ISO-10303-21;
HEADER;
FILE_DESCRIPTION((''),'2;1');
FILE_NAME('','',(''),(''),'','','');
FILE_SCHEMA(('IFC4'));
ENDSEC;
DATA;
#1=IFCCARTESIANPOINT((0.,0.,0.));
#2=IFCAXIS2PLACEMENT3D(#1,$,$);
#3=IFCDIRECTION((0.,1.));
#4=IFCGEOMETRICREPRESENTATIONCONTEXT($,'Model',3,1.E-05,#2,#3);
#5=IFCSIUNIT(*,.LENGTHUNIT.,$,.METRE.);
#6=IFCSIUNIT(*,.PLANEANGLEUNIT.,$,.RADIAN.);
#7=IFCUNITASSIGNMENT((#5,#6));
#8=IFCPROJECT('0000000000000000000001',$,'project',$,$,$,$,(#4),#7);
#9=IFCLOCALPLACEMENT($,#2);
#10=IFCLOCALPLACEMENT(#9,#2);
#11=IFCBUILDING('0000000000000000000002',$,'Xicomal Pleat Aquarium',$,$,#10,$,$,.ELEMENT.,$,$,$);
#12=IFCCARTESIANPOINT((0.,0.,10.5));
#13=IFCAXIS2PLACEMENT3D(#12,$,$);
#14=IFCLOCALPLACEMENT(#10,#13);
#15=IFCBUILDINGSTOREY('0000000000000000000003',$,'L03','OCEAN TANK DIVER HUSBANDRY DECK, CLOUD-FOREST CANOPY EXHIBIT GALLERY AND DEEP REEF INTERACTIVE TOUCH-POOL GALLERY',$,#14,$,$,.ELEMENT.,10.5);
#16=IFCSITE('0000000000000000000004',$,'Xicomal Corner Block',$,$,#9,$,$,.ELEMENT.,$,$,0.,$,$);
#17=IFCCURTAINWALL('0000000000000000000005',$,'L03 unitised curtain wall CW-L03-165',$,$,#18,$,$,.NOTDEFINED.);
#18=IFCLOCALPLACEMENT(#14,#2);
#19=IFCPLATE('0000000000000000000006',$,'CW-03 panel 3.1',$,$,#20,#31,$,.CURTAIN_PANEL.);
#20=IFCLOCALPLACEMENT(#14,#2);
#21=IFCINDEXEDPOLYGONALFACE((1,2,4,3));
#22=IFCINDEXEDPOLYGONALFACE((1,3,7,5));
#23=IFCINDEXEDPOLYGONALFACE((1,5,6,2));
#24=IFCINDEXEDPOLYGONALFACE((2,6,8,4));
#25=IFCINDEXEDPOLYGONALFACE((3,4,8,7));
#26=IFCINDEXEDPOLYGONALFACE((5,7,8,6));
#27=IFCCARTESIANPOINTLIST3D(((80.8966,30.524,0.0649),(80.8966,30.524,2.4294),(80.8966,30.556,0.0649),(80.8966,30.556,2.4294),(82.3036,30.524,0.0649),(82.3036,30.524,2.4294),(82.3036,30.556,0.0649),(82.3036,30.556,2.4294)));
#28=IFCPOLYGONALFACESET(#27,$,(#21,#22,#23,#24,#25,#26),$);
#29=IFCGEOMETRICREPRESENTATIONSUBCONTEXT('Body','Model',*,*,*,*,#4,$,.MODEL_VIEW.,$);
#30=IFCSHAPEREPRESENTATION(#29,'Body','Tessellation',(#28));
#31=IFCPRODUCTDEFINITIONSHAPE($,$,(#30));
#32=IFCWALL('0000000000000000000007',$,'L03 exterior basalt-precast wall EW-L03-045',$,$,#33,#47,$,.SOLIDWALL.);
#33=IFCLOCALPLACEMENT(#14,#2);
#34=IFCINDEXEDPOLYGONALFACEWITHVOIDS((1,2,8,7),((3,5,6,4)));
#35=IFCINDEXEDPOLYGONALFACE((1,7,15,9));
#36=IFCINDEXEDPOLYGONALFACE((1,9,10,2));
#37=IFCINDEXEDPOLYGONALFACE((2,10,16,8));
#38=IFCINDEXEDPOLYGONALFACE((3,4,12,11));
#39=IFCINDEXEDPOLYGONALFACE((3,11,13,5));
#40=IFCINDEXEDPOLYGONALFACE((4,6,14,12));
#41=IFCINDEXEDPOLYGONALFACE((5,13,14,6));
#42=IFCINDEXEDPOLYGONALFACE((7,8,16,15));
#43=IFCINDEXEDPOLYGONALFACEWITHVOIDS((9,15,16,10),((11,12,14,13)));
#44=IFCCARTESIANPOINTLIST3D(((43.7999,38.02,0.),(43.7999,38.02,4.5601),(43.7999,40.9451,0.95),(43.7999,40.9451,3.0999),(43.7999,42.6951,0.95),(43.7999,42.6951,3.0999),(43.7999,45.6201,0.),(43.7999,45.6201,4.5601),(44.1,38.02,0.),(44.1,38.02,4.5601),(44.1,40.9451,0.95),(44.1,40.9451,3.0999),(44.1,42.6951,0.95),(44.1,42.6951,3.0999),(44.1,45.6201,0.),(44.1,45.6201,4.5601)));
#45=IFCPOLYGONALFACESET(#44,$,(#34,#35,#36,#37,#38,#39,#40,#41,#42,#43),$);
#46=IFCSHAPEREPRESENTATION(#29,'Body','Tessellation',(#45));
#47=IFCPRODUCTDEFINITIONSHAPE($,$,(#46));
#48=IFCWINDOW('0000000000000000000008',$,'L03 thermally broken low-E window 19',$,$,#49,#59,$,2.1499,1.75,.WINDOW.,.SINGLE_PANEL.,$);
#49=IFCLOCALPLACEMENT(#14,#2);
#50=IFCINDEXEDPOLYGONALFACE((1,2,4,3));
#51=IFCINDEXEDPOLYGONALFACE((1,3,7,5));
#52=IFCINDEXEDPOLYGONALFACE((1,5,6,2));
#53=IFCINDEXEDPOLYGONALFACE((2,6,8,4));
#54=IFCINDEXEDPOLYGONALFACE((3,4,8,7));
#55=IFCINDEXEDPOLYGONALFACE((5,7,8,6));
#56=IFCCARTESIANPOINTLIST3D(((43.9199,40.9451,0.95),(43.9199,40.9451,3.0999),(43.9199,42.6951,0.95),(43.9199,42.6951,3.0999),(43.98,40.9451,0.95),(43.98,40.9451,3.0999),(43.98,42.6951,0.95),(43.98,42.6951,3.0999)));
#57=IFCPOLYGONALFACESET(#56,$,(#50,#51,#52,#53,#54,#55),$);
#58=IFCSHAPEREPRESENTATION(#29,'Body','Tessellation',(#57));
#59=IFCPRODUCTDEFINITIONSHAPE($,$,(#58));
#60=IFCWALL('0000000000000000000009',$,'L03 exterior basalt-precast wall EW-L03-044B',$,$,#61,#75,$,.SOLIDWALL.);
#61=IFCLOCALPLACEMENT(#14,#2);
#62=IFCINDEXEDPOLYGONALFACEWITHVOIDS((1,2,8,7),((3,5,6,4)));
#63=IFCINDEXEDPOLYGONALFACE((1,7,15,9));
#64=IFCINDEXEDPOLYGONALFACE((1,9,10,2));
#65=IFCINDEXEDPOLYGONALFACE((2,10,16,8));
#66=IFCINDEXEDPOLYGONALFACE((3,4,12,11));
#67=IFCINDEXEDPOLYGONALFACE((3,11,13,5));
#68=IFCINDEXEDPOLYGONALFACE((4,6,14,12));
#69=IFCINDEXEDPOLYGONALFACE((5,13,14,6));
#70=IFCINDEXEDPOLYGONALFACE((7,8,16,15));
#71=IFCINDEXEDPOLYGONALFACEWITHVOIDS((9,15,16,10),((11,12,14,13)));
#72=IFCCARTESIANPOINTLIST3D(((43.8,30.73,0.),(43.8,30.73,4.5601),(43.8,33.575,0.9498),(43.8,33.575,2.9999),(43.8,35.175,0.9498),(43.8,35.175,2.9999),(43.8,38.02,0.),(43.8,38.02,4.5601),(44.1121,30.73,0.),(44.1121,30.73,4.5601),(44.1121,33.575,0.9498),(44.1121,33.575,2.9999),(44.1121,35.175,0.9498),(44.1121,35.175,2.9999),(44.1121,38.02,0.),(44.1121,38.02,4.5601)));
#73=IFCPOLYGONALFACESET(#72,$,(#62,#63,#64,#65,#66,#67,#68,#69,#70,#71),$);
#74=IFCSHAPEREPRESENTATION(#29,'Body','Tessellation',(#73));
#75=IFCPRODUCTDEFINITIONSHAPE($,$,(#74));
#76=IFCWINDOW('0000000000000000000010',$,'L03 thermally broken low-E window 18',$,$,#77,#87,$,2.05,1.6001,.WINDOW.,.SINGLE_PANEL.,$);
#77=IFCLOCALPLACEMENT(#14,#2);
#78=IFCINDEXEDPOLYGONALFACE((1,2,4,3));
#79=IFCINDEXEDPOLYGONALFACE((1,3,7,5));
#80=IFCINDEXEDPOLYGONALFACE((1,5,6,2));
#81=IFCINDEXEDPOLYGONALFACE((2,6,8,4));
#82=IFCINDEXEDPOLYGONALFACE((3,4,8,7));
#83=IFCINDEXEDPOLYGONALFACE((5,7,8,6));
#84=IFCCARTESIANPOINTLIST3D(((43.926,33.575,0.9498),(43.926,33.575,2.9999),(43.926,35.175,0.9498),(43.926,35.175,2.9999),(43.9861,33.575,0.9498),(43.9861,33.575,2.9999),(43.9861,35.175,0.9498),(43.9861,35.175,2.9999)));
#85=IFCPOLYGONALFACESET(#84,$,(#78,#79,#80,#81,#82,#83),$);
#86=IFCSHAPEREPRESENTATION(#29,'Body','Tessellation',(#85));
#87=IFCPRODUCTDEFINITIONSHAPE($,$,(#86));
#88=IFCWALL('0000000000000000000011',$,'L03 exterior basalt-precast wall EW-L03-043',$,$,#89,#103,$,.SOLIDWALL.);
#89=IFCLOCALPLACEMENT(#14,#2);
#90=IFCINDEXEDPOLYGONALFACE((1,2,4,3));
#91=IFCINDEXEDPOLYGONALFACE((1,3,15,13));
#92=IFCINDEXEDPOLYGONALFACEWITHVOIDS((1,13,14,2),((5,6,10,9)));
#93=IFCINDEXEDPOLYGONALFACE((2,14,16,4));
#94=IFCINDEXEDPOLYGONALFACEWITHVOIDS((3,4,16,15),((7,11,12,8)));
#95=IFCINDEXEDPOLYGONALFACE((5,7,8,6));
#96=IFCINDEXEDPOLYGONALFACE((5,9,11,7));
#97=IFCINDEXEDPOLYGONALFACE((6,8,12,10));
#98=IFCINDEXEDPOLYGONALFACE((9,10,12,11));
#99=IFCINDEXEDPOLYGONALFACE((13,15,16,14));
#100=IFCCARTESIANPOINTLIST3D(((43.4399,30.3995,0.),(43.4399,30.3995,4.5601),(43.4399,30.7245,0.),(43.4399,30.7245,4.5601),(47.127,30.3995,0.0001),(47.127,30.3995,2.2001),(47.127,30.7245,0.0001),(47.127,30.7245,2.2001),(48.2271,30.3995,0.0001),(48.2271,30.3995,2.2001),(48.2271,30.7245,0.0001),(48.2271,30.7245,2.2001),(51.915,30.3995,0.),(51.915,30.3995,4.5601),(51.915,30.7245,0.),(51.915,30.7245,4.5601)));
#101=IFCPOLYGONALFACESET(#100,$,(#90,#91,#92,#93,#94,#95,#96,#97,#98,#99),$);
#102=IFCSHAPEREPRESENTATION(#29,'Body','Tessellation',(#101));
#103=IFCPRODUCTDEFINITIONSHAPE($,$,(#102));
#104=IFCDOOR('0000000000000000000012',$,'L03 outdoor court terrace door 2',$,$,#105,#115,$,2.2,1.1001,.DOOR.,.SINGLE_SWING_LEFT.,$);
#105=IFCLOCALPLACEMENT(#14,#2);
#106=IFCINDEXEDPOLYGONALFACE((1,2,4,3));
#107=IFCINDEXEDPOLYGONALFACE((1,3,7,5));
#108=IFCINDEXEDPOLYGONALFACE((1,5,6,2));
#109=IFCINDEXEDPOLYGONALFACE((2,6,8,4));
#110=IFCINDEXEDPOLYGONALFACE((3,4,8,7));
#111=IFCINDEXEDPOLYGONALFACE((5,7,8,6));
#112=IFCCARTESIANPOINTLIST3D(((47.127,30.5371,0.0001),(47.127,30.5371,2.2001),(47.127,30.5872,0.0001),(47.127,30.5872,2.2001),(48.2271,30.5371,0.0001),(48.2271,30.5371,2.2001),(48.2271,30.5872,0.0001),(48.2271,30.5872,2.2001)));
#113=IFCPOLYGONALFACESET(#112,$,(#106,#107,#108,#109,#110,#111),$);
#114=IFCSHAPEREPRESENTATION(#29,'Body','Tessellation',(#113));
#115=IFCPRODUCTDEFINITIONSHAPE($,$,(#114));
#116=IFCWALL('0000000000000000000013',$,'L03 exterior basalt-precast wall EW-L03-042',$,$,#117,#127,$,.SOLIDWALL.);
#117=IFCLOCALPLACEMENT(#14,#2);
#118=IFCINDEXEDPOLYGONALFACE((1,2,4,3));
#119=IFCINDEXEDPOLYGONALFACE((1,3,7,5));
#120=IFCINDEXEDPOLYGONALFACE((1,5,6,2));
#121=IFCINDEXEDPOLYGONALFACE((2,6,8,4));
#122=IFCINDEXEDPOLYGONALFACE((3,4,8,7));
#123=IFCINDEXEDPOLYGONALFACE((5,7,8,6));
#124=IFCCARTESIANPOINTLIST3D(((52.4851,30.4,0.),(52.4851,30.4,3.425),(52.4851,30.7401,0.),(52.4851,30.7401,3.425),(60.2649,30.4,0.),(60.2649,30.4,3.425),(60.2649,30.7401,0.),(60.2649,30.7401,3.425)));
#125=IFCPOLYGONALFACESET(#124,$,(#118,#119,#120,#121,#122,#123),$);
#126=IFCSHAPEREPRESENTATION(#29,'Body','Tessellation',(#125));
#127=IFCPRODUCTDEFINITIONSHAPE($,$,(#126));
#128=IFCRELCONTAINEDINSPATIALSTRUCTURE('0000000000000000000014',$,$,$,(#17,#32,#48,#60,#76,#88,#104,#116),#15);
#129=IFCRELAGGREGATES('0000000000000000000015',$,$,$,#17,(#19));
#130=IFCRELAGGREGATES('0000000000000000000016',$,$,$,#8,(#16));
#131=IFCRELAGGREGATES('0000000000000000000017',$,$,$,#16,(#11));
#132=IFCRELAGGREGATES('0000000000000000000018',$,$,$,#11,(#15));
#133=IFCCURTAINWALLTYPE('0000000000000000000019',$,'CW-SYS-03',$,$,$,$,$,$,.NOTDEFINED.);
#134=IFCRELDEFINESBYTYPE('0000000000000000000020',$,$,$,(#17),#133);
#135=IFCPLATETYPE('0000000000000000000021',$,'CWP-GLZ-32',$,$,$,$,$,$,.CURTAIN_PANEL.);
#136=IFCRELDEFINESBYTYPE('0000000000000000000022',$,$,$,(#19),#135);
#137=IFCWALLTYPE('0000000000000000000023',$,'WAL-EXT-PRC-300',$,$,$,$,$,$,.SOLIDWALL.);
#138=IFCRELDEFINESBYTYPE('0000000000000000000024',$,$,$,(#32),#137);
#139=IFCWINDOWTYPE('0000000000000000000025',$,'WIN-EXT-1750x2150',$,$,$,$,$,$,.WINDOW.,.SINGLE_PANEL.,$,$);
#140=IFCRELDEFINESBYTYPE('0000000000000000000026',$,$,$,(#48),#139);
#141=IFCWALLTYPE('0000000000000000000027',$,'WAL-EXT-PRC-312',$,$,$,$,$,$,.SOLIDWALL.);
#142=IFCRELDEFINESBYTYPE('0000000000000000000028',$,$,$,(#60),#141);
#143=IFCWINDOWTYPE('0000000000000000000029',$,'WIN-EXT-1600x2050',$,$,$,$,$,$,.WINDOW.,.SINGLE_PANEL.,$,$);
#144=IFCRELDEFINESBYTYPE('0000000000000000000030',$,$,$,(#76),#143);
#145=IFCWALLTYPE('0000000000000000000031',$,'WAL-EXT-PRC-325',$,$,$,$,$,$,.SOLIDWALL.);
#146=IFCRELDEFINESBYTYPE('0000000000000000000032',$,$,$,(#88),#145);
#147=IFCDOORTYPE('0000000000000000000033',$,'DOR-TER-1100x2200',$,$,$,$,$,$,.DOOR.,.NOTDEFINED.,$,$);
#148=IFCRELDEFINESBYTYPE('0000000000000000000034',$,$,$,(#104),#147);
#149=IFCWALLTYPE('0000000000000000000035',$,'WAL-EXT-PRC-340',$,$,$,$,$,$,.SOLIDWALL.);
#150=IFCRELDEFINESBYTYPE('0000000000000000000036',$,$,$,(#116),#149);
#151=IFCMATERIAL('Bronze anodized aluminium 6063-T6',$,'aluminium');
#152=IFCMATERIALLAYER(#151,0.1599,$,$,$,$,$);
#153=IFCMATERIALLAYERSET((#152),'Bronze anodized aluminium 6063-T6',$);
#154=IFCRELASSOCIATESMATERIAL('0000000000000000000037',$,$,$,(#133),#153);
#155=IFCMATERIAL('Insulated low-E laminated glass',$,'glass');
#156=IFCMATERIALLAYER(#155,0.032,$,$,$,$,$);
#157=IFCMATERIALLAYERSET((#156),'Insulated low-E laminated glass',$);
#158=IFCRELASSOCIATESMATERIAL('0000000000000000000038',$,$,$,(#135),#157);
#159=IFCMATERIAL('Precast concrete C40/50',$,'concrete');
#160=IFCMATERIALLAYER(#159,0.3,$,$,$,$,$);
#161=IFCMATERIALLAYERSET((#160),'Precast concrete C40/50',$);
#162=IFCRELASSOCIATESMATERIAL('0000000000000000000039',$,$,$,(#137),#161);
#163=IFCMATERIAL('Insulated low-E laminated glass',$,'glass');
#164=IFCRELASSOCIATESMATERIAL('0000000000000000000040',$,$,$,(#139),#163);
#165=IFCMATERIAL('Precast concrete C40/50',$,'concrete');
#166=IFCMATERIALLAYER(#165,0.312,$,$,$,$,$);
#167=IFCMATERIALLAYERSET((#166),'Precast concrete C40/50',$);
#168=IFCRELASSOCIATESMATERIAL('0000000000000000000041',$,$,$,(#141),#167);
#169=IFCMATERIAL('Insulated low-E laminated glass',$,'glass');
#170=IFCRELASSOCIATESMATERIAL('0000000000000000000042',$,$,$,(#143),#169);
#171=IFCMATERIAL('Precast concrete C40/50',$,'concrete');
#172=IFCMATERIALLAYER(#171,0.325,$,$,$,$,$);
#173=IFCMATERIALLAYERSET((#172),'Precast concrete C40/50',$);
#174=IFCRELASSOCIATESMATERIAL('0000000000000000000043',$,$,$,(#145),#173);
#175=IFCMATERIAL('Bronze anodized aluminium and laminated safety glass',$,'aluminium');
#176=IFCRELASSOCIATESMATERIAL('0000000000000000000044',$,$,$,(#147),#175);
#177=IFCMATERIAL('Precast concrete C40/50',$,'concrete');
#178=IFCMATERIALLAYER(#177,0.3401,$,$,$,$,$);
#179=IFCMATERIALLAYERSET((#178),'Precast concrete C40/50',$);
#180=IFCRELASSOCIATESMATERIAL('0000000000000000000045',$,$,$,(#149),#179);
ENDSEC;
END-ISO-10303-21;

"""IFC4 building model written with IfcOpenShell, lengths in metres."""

from ifc_helpers import new_model, si_unit, direction, frame, frame_2d, origin, origin_2d, place, context, subcontext, project, spatial, rectangle, extrude, material, layer, layer_set, type_object, element, fill, aggregate, save


model = new_model("IFC4")

# Units and contexts
model_context = context("Model", 3, precision=1e-05, world=origin(), true_north=direction((0.0, 1.0)))
body_context = subcontext(model_context, "Body", "Model", "MODEL_VIEW")
ifc_project = project(units=[si_unit("LENGTHUNIT", "METRE"), si_unit("PLANEANGLEUNIT", "RADIAN")], contexts=[model_context])

# Site, building, storey
site_placement = place(None, origin())
site = spatial("IfcSite", under=ifc_project, at=site_placement, Name="Xicomal Corner Block", CompositionType="ELEMENT", RefElevation=0.0)
building_placement = place(site_placement, origin())
building = spatial("IfcBuilding", under=site, at=building_placement, Name="Xicomal Pleat Aquarium", CompositionType="ELEMENT")
storey_placement = place(building_placement, frame((0.0, 0.0, 10.5)))
storey = spatial("IfcBuildingStorey", under=building, at=storey_placement, Name="L03", Description="OCEAN TANK DIVER HUSBANDRY DECK, CLOUD-FOREST CANOPY EXHIBIT GALLERY AND DEEP REEF INTERACTIVE TOUCH-POOL GALLERY", CompositionType="ELEMENT", Elevation=10.5)

# Curtain wall, plate
ifc_material_1 = material(Name="Bronze anodized aluminium 6063-T6", Category="aluminium")
ifc_layer_1 = layer(ifc_material_1, 0.1599)
ifc_layer_set_1 = layer_set([ifc_layer_1], Name="Bronze anodized aluminium 6063-T6")
curtain_wall_type = type_object("IfcCurtainWallType", Name="CW-SYS-03", PredefinedType="NOTDEFINED", material=ifc_layer_set_1)
curtain_wall_placement = place(storey_placement, origin())
curtain_wall = element("IfcCurtainWall", 1, at=curtain_wall_placement, inside=storey, type_object=curtain_wall_type, Name="L03 unitised curtain wall CW-L03-165", PredefinedType="NOTDEFINED")
ifc_material_2 = material(Name="Insulated low-E laminated glass", Category="glass")
ifc_layer_2 = layer(ifc_material_2, 0.032)
ifc_layer_set_2 = layer_set([ifc_layer_2], Name="Insulated low-E laminated glass")
plate_type = type_object("IfcPlateType", Name="CWP-GLZ-32", PredefinedType="CURTAIN_PANEL", material=ifc_layer_set_2)
plate_placement = place(storey_placement, frame((81.6001, 30.54, 0.0649), z_axis=(0.0, 0.0, 1.0), x_axis=(-1.0, 0.0, 0.0)))
plate = element("IfcPlate", 2, at=plate_placement, type_object=plate_type, Name="CW-03 panel 3.1", PredefinedType="CURTAIN_PANEL", context=body_context, shape_type="SweptSolid", body=[
    extrude(rectangle(XDim=1.407, YDim=0.032, at=origin_2d()), origin(), (0.0, 0.0, 1.0), 2.3645),
])
aggregate(curtain_wall, [plate])

# Walls, openings, windows
ifc_material_3 = material(Name="Precast concrete C40/50", Category="concrete")
ifc_layer_3 = layer(ifc_material_3, 0.3)
ifc_layer_set_3 = layer_set([ifc_layer_3], Name="Precast concrete C40/50")
wall_type_1 = type_object("IfcWallType", Name="WAL-EXT-PRC-300", PredefinedType="SOLIDWALL", material=ifc_layer_set_3)
wall_1_placement = place(storey_placement, frame((43.95, 38.02, 0.0), z_axis=(0.0, 0.0, 1.0), x_axis=(0.0, 1.0, 0.0)))
wall_1 = element("IfcWall", 3, at=wall_1_placement, inside=storey, type_object=wall_type_1, Name="L03 exterior basalt-precast wall EW-L03-045", PredefinedType="SOLIDWALL", context=body_context, shape_type="SweptSolid", body=[
    extrude(rectangle(XDim=7.6001, YDim=0.3, at=frame_2d((3.8, 0.0))), origin(), (0.0, 0.0, 1.0), 4.5601),
])
opening_1_placement = place(wall_1_placement, frame((2.925, 0.0, 0.95)))
opening_1 = element("IfcOpeningElement", 4, at=opening_1_placement, cuts=wall_1, PredefinedType="OPENING", context=body_context, shape_type="SweptSolid", body=[
    extrude(rectangle(XDim=1.75, YDim=2.1499, at=frame_2d((0.875, 1.075))), frame((0.0, 0.1599, 0.0), z_axis=(0.0, -1.0, 0.0), x_axis=(1.0, 0.0, 0.0)), (0.0, 0.0, 1.0), 0.3201),
])
ifc_material_4 = material(Name="Insulated low-E laminated glass", Category="glass")
window_type_1 = type_object("IfcWindowType", Name="WIN-EXT-1750x2150", PartitioningType="SINGLE_PANEL", PredefinedType="WINDOW", material=ifc_material_4)
window_1_placement = place(opening_1_placement, origin())
window_1 = element("IfcWindow", 5, at=window_1_placement, inside=storey, type_object=window_type_1, Name="L03 thermally broken low-E window 19", OverallHeight=2.1499, OverallWidth=1.75, PartitioningType="SINGLE_PANEL", PredefinedType="WINDOW", context=body_context, shape_type="SweptSolid", body=[
    extrude(rectangle(XDim=1.75, YDim=2.1499, at=frame_2d((0.875, 1.075))), frame((0.0, 0.03, 0.0), z_axis=(0.0, -1.0, 0.0), x_axis=(1.0, 0.0, 0.0)), (0.0, 0.0, 1.0), 0.0601),
])
fill(opening_1, window_1)
ifc_material_5 = material(Name="Precast concrete C40/50", Category="concrete")
ifc_layer_4 = layer(ifc_material_5, 0.312)
ifc_layer_set_4 = layer_set([ifc_layer_4], Name="Precast concrete C40/50")
wall_type_2 = type_object("IfcWallType", Name="WAL-EXT-PRC-312", PredefinedType="SOLIDWALL", material=ifc_layer_set_4)
wall_2_placement = place(storey_placement, frame((43.9561, 30.73, 0.0), z_axis=(0.0, 0.0, 1.0), x_axis=(0.0, 1.0, 0.0)))
wall_2 = element("IfcWall", 6, at=wall_2_placement, inside=storey, type_object=wall_type_2, Name="L03 exterior basalt-precast wall EW-L03-044B", PredefinedType="SOLIDWALL", context=body_context, shape_type="SweptSolid", body=[
    extrude(rectangle(XDim=7.29, YDim=0.312, at=frame_2d((3.645, 0.0))), origin(), (0.0, 0.0, 1.0), 4.5601),
])
opening_2_placement = place(wall_2_placement, frame((2.845, 0.0, 0.95)))
opening_2 = element("IfcOpeningElement", 7, at=opening_2_placement, cuts=wall_2, PredefinedType="OPENING", context=body_context, shape_type="SweptSolid", body=[
    extrude(rectangle(XDim=1.6001, YDim=2.05, at=frame_2d((0.8, 1.0249))), frame((0.0, 0.166, 0.0), z_axis=(0.0, -1.0, 0.0), x_axis=(1.0, 0.0, 0.0)), (0.0, 0.0, 1.0), 0.332),
])
ifc_material_6 = material(Name="Insulated low-E laminated glass", Category="glass")
window_type_2 = type_object("IfcWindowType", Name="WIN-EXT-1600x2050", PartitioningType="SINGLE_PANEL", PredefinedType="WINDOW", material=ifc_material_6)
window_2_placement = place(opening_2_placement, origin())
window_2 = element("IfcWindow", 8, at=window_2_placement, inside=storey, type_object=window_type_2, Name="L03 thermally broken low-E window 18", OverallHeight=2.05, OverallWidth=1.6001, PartitioningType="SINGLE_PANEL", PredefinedType="WINDOW", context=body_context, shape_type="SweptSolid", body=[
    extrude(rectangle(XDim=1.6001, YDim=2.05, at=frame_2d((0.8, 1.0249))), frame((0.0, 0.03, 0.0), z_axis=(0.0, -1.0, 0.0), x_axis=(1.0, 0.0, 0.0)), (0.0, 0.0, 1.0), 0.0601),
])
fill(opening_2, window_2)

# Wall, opening, door
ifc_material_7 = material(Name="Precast concrete C40/50", Category="concrete")
ifc_layer_5 = layer(ifc_material_7, 0.325)
ifc_layer_set_5 = layer_set([ifc_layer_5], Name="Precast concrete C40/50")
wall_type_3 = type_object("IfcWallType", Name="WAL-EXT-PRC-325", PredefinedType="SOLIDWALL", material=ifc_layer_set_5)
wall_3_placement = place(storey_placement, frame((51.915, 30.562, 0.0), z_axis=(0.0, 0.0, 1.0), x_axis=(-1.0, 0.0, 0.0)))
wall_3 = element("IfcWall", 9, at=wall_3_placement, inside=storey, type_object=wall_type_3, Name="L03 exterior basalt-precast wall EW-L03-043", PredefinedType="SOLIDWALL", context=body_context, shape_type="SweptSolid", body=[
    extrude(rectangle(XDim=8.4751, YDim=0.325, at=frame_2d((4.2375, 0.0))), origin(), (0.0, 0.0, 1.0), 4.5601),
])
opening_3_placement = place(wall_3_placement, frame((3.688, 0.0, 0.0)))
opening_3 = element("IfcOpeningElement", 10, at=opening_3_placement, cuts=wall_3, PredefinedType="OPENING", context=body_context, shape_type="SweptSolid", body=[
    extrude(rectangle(XDim=1.1001, YDim=2.2, at=frame_2d((0.55, 1.1001))), frame((0.0, 0.1724, 0.0), z_axis=(0.0, -1.0, 0.0), x_axis=(1.0, 0.0, 0.0)), (0.0, 0.0, 1.0), 0.345),
])
ifc_material_8 = material(Name="Bronze anodized aluminium and laminated safety glass", Category="aluminium")
door_type = type_object("IfcDoorType", Name="DOR-TER-1100x2200", OperationType="NOTDEFINED", PredefinedType="DOOR", material=ifc_material_8)
door_placement = place(opening_3_placement, origin())
door = element("IfcDoor", 11, at=door_placement, inside=storey, type_object=door_type, Name="L03 outdoor court terrace door 2", OperationType="SINGLE_SWING_LEFT", OverallHeight=2.2, OverallWidth=1.1001, PredefinedType="DOOR", context=body_context, shape_type="SweptSolid", body=[
    extrude(rectangle(XDim=1.1001, YDim=2.2, at=frame_2d((0.55, 1.1001))), frame((0.0, 0.0249, 0.0), z_axis=(0.0, -1.0, 0.0), x_axis=(1.0, 0.0, 0.0)), (0.0, 0.0, 1.0), 0.05),
])
fill(opening_3, door)

# Wall
ifc_material_9 = material(Name="Precast concrete C40/50", Category="concrete")
ifc_layer_6 = layer(ifc_material_9, 0.3401)
ifc_layer_set_6 = layer_set([ifc_layer_6], Name="Precast concrete C40/50")
wall_type_4 = type_object("IfcWallType", Name="WAL-EXT-PRC-340", PredefinedType="SOLIDWALL", material=ifc_layer_set_6)
wall_4_placement = place(storey_placement, frame((60.2649, 30.5701, 0.0), z_axis=(0.0, 0.0, 1.0), x_axis=(-1.0, 0.0, 0.0)))
element("IfcWall", 12, at=wall_4_placement, inside=storey, type_object=wall_type_4, Name="L03 exterior basalt-precast wall EW-L03-042", PredefinedType="SOLIDWALL", context=body_context, shape_type="SweptSolid", body=[
    extrude(rectangle(XDim=7.7798, YDim=0.3401, at=frame_2d((3.8899, 0.0))), origin(), (0.0, 0.0, 1.0), 3.425),
])

save(model, "model.ifc")
